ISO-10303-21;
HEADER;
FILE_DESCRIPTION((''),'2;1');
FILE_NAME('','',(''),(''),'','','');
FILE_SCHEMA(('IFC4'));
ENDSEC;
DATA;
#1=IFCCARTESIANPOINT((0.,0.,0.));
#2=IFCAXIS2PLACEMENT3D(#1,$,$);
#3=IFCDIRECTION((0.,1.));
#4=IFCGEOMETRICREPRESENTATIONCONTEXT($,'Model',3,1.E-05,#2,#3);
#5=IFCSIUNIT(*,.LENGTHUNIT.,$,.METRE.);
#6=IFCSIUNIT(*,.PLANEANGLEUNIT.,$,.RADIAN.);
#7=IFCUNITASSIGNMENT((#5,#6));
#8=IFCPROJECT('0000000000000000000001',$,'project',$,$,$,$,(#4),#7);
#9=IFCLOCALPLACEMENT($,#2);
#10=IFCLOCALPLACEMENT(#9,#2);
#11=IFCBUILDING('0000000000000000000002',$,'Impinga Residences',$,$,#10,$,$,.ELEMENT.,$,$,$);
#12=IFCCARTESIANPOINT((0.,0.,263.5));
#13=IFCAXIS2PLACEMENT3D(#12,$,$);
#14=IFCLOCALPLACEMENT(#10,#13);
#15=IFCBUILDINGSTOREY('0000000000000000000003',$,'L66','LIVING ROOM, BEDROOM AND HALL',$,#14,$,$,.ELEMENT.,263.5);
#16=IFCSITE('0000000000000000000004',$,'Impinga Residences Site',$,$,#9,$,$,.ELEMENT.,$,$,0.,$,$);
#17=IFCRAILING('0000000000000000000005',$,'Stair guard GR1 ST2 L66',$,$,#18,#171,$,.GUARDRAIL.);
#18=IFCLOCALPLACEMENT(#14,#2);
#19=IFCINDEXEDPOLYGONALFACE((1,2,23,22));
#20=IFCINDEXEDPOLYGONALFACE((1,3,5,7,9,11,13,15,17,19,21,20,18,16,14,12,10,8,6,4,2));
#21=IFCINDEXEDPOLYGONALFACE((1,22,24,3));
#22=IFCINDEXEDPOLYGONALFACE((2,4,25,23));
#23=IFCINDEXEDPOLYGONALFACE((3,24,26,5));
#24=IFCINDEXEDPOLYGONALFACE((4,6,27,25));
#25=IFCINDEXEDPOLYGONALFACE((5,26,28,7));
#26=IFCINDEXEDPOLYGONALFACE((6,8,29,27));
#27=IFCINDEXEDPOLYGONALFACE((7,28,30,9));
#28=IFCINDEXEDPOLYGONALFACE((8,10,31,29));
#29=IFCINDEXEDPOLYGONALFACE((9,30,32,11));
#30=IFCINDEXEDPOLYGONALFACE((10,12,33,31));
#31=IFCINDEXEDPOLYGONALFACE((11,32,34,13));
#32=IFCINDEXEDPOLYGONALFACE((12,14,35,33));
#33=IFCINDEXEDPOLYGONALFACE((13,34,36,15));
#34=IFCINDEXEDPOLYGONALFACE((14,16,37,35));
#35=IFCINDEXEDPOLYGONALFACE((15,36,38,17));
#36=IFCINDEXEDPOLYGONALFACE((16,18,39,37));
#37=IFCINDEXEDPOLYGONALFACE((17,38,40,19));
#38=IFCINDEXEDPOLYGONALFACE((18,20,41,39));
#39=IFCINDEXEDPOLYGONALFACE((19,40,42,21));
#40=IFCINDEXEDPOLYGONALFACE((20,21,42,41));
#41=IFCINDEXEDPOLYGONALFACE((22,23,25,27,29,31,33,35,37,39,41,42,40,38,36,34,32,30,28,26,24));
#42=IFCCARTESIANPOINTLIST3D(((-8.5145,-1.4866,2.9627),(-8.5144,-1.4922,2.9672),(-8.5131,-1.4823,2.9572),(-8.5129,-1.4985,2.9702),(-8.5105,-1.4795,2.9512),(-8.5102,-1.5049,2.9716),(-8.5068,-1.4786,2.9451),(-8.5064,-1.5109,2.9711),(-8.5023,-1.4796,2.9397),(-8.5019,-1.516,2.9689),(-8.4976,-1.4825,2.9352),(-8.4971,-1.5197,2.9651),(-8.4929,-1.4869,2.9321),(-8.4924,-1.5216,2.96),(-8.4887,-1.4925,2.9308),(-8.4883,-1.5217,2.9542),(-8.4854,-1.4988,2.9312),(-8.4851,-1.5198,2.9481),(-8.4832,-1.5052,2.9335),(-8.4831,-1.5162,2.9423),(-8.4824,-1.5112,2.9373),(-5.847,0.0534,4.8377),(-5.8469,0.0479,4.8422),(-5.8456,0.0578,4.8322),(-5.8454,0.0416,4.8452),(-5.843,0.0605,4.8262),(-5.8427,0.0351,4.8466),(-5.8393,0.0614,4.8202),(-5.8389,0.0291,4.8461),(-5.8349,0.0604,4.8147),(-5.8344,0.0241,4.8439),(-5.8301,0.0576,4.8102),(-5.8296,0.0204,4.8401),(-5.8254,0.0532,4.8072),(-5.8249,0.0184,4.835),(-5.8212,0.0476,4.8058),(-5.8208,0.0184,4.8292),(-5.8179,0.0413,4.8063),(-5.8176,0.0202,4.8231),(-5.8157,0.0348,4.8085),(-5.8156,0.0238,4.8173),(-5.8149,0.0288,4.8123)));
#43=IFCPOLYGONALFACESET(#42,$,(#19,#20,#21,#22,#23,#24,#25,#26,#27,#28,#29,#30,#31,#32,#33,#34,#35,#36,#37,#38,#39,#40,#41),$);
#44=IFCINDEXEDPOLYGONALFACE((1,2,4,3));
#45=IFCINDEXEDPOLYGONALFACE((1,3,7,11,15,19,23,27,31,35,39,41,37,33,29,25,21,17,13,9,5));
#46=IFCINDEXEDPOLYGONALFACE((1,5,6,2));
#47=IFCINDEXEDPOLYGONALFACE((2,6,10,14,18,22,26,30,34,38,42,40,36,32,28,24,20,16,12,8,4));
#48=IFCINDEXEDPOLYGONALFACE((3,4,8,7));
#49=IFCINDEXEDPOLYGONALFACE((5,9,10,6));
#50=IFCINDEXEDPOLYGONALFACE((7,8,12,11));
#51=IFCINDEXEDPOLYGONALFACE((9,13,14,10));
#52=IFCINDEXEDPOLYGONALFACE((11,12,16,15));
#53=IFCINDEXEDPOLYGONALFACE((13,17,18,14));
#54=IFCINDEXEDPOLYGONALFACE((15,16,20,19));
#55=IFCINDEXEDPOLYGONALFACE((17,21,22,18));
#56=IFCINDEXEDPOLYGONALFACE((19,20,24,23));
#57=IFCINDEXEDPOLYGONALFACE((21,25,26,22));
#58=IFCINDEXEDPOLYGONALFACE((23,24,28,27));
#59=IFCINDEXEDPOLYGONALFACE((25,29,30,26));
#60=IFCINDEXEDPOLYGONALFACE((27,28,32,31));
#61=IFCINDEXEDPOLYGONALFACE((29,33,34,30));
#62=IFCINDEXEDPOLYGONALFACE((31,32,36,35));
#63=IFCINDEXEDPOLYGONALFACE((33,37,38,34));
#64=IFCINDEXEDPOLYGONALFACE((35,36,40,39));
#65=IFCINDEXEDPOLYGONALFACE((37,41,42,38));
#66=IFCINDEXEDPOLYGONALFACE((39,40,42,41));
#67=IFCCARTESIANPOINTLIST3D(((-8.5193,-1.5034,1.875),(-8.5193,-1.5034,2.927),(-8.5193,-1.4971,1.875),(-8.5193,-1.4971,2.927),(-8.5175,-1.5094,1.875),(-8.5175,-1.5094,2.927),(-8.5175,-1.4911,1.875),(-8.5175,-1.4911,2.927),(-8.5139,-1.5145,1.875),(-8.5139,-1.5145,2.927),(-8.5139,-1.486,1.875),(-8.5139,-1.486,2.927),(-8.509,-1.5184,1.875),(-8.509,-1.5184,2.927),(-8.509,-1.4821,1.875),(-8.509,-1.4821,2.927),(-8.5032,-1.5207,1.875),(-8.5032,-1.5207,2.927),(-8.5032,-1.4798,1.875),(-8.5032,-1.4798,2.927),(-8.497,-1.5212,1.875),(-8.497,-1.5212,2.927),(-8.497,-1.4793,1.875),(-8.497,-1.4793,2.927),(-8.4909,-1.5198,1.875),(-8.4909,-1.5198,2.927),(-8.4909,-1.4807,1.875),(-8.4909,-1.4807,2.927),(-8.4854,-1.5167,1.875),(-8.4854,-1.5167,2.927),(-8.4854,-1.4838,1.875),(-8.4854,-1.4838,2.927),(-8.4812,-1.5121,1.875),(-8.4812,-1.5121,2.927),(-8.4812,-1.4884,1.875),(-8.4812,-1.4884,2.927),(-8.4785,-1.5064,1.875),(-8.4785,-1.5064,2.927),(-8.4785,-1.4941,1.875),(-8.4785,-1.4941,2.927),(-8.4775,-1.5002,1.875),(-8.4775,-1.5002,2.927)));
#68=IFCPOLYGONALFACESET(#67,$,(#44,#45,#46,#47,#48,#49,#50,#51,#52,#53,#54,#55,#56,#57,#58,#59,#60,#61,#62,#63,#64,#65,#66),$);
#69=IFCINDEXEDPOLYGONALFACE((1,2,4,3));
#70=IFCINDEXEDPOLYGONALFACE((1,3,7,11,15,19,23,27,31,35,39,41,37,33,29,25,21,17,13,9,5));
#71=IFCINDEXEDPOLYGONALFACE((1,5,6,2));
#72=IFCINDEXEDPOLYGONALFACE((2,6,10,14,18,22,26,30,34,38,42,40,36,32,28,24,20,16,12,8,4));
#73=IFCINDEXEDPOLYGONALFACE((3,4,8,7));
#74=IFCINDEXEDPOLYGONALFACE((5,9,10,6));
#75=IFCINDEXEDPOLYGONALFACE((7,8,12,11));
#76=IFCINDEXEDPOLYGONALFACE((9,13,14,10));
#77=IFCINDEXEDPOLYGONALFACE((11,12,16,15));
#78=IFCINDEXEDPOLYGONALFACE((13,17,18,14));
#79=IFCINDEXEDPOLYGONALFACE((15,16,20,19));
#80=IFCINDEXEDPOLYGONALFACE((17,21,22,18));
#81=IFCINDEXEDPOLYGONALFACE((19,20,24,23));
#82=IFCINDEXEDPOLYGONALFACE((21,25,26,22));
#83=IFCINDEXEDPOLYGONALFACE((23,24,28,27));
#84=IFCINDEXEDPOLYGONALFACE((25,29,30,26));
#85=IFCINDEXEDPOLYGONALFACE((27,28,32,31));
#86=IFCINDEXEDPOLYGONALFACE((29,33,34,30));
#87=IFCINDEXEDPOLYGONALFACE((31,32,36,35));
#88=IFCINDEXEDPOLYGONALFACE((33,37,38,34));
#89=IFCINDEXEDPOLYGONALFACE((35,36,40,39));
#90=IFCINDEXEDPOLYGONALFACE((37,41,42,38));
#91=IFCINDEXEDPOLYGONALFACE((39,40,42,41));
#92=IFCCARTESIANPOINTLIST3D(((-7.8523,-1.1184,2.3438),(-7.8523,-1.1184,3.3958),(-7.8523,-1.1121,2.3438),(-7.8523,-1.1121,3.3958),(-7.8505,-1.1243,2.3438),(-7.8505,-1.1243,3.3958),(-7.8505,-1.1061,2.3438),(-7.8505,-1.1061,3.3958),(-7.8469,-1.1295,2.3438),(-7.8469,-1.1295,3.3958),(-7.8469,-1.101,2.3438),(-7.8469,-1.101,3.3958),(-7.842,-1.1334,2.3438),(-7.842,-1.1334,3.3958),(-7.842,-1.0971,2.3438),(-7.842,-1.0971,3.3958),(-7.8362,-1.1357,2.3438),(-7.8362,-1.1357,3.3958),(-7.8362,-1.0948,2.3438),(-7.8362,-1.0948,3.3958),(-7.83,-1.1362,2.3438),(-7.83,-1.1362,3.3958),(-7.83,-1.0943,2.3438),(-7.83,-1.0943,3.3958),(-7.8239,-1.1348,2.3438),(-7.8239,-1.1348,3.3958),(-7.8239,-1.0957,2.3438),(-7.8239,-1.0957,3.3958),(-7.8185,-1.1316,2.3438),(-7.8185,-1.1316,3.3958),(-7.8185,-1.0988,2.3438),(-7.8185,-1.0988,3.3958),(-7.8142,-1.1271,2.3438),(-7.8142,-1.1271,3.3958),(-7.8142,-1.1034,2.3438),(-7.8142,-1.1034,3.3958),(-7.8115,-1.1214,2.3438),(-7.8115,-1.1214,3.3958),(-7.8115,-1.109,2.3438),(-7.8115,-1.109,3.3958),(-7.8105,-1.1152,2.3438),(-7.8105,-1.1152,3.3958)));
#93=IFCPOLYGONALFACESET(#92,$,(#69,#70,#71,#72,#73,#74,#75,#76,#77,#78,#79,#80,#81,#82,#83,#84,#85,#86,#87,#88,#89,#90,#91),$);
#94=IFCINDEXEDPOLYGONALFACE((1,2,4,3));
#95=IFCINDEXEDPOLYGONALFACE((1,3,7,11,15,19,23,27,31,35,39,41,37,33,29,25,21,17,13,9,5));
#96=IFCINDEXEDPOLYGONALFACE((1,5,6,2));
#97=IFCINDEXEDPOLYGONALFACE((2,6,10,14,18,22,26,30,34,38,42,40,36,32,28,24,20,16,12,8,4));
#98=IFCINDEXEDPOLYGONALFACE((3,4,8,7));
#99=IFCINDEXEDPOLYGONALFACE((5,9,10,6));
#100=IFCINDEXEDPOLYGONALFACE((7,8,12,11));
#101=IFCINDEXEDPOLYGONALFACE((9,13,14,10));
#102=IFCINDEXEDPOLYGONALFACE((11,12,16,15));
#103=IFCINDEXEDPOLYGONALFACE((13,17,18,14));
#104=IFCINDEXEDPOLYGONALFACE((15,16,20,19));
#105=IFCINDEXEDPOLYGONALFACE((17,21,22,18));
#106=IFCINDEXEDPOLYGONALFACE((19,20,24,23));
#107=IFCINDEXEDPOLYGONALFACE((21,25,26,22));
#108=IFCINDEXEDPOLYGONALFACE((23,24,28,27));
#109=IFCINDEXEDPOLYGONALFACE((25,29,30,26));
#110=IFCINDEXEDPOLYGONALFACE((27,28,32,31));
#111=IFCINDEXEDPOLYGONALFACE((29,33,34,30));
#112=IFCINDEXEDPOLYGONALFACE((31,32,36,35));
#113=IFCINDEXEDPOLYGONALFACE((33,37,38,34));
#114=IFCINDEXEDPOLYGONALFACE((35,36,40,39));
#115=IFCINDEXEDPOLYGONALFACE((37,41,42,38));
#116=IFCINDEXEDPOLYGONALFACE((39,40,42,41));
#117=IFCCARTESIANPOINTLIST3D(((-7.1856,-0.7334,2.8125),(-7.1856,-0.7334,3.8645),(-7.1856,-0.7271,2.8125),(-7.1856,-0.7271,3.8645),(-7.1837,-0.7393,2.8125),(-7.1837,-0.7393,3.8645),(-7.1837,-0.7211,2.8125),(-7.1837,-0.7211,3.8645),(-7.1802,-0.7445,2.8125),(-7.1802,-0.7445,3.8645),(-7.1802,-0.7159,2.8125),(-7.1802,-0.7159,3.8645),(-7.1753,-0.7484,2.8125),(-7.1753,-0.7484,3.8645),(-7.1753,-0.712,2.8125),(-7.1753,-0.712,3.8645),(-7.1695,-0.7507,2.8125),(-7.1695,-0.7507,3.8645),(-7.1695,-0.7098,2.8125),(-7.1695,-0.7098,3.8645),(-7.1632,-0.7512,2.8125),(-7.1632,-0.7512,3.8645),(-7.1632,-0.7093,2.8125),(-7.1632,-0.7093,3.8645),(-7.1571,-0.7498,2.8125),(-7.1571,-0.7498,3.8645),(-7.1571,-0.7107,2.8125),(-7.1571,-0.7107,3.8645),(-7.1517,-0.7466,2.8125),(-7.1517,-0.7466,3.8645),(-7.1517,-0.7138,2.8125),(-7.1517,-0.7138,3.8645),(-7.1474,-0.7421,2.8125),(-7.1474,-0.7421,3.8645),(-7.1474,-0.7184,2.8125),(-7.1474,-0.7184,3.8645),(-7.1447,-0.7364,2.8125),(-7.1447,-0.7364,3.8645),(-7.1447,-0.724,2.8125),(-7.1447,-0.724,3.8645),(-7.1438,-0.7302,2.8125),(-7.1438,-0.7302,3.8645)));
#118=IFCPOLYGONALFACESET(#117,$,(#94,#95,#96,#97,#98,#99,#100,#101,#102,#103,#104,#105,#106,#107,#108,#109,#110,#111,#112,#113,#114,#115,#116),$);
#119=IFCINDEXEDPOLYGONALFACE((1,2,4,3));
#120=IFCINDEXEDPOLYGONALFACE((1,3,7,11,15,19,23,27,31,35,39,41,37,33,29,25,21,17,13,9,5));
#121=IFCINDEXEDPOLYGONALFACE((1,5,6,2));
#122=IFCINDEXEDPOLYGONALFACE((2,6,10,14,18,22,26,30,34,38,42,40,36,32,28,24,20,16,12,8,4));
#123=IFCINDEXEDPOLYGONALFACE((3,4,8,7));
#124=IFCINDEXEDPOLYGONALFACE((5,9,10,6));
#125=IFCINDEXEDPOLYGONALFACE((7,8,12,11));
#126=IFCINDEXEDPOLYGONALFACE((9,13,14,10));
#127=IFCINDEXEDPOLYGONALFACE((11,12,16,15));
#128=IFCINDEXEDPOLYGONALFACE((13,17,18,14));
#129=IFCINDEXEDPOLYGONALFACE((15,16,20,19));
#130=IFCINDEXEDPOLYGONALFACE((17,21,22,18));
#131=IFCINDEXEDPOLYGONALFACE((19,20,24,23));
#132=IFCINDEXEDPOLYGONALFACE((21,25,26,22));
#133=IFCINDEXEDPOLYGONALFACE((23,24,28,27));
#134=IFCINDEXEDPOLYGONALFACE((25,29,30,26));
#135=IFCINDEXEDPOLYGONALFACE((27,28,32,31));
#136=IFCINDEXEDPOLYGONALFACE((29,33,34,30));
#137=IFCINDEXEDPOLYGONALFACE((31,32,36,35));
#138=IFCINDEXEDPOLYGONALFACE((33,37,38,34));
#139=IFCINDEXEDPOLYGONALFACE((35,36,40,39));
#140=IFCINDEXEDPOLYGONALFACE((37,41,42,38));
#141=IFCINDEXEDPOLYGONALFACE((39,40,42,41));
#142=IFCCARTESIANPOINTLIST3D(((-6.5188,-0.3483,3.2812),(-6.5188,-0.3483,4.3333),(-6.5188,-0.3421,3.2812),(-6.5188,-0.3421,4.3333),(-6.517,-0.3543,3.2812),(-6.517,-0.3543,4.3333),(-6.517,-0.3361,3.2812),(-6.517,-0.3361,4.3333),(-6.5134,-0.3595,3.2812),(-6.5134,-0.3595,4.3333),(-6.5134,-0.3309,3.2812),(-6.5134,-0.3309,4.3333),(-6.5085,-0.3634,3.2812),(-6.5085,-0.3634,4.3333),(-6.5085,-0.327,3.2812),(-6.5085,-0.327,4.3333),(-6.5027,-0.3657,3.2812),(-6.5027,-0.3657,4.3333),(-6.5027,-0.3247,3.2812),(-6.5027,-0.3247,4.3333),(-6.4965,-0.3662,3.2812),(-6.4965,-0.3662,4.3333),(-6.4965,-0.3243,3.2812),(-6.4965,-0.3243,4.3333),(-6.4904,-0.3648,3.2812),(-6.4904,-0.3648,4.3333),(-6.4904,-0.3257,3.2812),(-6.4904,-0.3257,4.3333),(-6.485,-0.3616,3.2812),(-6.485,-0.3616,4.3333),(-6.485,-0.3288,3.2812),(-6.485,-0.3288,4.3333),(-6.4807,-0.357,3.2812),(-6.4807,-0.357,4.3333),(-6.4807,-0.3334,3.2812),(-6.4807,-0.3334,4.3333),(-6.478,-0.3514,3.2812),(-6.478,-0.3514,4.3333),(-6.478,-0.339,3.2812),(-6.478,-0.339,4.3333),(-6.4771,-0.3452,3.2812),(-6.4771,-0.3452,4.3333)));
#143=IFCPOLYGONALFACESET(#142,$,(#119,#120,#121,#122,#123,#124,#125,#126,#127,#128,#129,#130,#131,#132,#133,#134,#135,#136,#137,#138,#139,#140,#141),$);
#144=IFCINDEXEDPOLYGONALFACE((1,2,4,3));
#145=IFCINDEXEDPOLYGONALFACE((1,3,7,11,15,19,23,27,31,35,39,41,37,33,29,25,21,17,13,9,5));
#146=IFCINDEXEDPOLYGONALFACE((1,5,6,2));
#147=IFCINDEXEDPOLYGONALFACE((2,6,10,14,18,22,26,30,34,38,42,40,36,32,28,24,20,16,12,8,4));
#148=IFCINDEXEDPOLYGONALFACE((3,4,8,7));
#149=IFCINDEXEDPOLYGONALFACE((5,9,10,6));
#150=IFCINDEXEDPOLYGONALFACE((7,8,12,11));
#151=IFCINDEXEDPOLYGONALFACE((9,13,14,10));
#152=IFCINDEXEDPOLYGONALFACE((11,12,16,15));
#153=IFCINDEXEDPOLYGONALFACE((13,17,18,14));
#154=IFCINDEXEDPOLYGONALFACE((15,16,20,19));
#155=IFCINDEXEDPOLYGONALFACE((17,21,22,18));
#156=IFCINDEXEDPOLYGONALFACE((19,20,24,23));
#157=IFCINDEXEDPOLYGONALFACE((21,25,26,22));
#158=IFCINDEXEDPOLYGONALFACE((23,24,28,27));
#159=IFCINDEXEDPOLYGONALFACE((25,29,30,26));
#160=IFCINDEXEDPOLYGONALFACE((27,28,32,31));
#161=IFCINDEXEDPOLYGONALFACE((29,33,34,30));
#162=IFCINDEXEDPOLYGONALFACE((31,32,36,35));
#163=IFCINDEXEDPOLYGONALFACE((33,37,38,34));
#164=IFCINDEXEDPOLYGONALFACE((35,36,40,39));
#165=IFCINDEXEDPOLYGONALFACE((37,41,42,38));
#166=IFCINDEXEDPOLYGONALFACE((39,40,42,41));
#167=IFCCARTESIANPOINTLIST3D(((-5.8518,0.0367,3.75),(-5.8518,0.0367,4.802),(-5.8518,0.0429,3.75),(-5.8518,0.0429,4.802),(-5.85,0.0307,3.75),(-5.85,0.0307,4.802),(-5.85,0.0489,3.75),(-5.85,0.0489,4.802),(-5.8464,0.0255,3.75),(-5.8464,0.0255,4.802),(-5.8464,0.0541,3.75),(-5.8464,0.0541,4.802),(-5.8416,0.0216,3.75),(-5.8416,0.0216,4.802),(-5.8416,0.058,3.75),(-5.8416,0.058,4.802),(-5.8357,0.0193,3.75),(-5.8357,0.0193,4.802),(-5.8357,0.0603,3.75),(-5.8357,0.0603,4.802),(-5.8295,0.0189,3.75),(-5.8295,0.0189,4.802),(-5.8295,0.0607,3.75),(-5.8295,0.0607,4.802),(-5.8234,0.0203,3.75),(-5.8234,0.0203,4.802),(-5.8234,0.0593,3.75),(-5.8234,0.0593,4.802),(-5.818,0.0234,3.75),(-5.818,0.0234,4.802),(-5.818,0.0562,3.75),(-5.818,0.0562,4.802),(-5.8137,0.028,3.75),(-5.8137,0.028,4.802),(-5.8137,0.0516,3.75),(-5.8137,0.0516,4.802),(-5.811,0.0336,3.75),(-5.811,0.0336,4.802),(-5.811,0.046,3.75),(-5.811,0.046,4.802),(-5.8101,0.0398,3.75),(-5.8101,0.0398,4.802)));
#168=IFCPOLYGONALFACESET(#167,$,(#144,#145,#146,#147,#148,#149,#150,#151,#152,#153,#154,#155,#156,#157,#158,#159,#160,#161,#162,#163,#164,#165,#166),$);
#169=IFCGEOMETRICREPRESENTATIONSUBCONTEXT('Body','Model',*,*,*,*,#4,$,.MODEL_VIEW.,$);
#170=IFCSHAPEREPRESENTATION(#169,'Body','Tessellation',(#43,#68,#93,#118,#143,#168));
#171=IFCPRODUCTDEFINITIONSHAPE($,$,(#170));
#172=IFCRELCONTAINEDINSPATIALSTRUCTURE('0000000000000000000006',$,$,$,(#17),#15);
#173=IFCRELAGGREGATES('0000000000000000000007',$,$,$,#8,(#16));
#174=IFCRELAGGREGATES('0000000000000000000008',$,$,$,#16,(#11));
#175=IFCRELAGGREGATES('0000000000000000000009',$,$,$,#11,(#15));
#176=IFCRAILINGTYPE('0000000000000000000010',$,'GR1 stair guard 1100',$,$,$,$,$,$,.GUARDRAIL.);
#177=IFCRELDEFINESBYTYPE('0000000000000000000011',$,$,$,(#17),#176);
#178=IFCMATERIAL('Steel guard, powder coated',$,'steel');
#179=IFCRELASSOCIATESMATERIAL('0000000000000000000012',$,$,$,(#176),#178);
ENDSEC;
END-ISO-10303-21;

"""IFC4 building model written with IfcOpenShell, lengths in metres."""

from ifc_helpers import new_model, si_unit, direction, frame, origin, origin_2d, place, context, subcontext, project, spatial, circle, extrude, material, type_object, element, save


model = new_model("IFC4")

# Units and contexts
model_context = context("Model", 3, precision=1e-05, world=origin(), true_north=direction((0.0, 1.0)))
body_context = subcontext(model_context, "Body", "Model", "MODEL_VIEW")
ifc_project = project(units=[si_unit("LENGTHUNIT", "METRE"), si_unit("PLANEANGLEUNIT", "RADIAN")], contexts=[model_context])

# Site, building, storey
site_placement = place(None, origin())
site = spatial("IfcSite", under=ifc_project, at=site_placement, Name="Impinga Residences Site", CompositionType="ELEMENT", RefElevation=0.0)
building_placement = place(site_placement, origin())
building = spatial("IfcBuilding", under=site, at=building_placement, Name="Impinga Residences", CompositionType="ELEMENT")
storey_placement = place(building_placement, frame((0.0, 0.0, 263.5)))
storey = spatial("IfcBuildingStorey", under=building, at=storey_placement, Name="L66", Description="LIVING ROOM, BEDROOM AND HALL", CompositionType="ELEMENT", Elevation=263.5)

# Railing
ifc_material_1 = material(Name="Steel guard, powder coated", Category="steel")
railing_type_1 = type_object("IfcRailingType", Name="GR1 stair guard 1100", PredefinedType="GUARDRAIL", material=ifc_material_1)
railing_1_placement = place(storey_placement, frame((-8.4985, -1.5002, 1.875)))
element("IfcRailing", 1, at=railing_1_placement, inside=storey, type_object=railing_type_1, Name="Stair guard GR1 ST2 L66", PredefinedType="GUARDRAIL", context=body_context, shape_type="SweptSolid", body=[
    extrude(circle(Radius=0.0239, at=origin_2d()), frame((0.0, 0.0, 1.0762), z_axis=(0.739746, 0.427084, 0.519975), x_axis=(-0.499992, 0.86603, 0.0)), (0.0, 0.0, 1.0), 3.606),
    extrude(circle(Radius=0.021, at=origin_2d()), origin(), (0.0, 0.0, 1.0), 1.052),
    extrude(circle(Radius=0.021, at=origin_2d()), frame((0.667, 0.385, 0.4688)), (0.0, 0.0, 1.0), 1.052),
    extrude(circle(Radius=0.021, at=origin_2d()), frame((1.3337, 0.77, 0.9375)), (0.0, 0.0, 1.0), 1.052),
    extrude(circle(Radius=0.021, at=origin_2d()), frame((2.0005, 1.155, 1.4062)), (0.0, 0.0, 1.0), 1.052),
    extrude(circle(Radius=0.021, at=origin_2d()), frame((2.6675, 1.54, 1.875)), (0.0, 0.0, 1.0), 1.052),
])

save(model, "model.ifc")
